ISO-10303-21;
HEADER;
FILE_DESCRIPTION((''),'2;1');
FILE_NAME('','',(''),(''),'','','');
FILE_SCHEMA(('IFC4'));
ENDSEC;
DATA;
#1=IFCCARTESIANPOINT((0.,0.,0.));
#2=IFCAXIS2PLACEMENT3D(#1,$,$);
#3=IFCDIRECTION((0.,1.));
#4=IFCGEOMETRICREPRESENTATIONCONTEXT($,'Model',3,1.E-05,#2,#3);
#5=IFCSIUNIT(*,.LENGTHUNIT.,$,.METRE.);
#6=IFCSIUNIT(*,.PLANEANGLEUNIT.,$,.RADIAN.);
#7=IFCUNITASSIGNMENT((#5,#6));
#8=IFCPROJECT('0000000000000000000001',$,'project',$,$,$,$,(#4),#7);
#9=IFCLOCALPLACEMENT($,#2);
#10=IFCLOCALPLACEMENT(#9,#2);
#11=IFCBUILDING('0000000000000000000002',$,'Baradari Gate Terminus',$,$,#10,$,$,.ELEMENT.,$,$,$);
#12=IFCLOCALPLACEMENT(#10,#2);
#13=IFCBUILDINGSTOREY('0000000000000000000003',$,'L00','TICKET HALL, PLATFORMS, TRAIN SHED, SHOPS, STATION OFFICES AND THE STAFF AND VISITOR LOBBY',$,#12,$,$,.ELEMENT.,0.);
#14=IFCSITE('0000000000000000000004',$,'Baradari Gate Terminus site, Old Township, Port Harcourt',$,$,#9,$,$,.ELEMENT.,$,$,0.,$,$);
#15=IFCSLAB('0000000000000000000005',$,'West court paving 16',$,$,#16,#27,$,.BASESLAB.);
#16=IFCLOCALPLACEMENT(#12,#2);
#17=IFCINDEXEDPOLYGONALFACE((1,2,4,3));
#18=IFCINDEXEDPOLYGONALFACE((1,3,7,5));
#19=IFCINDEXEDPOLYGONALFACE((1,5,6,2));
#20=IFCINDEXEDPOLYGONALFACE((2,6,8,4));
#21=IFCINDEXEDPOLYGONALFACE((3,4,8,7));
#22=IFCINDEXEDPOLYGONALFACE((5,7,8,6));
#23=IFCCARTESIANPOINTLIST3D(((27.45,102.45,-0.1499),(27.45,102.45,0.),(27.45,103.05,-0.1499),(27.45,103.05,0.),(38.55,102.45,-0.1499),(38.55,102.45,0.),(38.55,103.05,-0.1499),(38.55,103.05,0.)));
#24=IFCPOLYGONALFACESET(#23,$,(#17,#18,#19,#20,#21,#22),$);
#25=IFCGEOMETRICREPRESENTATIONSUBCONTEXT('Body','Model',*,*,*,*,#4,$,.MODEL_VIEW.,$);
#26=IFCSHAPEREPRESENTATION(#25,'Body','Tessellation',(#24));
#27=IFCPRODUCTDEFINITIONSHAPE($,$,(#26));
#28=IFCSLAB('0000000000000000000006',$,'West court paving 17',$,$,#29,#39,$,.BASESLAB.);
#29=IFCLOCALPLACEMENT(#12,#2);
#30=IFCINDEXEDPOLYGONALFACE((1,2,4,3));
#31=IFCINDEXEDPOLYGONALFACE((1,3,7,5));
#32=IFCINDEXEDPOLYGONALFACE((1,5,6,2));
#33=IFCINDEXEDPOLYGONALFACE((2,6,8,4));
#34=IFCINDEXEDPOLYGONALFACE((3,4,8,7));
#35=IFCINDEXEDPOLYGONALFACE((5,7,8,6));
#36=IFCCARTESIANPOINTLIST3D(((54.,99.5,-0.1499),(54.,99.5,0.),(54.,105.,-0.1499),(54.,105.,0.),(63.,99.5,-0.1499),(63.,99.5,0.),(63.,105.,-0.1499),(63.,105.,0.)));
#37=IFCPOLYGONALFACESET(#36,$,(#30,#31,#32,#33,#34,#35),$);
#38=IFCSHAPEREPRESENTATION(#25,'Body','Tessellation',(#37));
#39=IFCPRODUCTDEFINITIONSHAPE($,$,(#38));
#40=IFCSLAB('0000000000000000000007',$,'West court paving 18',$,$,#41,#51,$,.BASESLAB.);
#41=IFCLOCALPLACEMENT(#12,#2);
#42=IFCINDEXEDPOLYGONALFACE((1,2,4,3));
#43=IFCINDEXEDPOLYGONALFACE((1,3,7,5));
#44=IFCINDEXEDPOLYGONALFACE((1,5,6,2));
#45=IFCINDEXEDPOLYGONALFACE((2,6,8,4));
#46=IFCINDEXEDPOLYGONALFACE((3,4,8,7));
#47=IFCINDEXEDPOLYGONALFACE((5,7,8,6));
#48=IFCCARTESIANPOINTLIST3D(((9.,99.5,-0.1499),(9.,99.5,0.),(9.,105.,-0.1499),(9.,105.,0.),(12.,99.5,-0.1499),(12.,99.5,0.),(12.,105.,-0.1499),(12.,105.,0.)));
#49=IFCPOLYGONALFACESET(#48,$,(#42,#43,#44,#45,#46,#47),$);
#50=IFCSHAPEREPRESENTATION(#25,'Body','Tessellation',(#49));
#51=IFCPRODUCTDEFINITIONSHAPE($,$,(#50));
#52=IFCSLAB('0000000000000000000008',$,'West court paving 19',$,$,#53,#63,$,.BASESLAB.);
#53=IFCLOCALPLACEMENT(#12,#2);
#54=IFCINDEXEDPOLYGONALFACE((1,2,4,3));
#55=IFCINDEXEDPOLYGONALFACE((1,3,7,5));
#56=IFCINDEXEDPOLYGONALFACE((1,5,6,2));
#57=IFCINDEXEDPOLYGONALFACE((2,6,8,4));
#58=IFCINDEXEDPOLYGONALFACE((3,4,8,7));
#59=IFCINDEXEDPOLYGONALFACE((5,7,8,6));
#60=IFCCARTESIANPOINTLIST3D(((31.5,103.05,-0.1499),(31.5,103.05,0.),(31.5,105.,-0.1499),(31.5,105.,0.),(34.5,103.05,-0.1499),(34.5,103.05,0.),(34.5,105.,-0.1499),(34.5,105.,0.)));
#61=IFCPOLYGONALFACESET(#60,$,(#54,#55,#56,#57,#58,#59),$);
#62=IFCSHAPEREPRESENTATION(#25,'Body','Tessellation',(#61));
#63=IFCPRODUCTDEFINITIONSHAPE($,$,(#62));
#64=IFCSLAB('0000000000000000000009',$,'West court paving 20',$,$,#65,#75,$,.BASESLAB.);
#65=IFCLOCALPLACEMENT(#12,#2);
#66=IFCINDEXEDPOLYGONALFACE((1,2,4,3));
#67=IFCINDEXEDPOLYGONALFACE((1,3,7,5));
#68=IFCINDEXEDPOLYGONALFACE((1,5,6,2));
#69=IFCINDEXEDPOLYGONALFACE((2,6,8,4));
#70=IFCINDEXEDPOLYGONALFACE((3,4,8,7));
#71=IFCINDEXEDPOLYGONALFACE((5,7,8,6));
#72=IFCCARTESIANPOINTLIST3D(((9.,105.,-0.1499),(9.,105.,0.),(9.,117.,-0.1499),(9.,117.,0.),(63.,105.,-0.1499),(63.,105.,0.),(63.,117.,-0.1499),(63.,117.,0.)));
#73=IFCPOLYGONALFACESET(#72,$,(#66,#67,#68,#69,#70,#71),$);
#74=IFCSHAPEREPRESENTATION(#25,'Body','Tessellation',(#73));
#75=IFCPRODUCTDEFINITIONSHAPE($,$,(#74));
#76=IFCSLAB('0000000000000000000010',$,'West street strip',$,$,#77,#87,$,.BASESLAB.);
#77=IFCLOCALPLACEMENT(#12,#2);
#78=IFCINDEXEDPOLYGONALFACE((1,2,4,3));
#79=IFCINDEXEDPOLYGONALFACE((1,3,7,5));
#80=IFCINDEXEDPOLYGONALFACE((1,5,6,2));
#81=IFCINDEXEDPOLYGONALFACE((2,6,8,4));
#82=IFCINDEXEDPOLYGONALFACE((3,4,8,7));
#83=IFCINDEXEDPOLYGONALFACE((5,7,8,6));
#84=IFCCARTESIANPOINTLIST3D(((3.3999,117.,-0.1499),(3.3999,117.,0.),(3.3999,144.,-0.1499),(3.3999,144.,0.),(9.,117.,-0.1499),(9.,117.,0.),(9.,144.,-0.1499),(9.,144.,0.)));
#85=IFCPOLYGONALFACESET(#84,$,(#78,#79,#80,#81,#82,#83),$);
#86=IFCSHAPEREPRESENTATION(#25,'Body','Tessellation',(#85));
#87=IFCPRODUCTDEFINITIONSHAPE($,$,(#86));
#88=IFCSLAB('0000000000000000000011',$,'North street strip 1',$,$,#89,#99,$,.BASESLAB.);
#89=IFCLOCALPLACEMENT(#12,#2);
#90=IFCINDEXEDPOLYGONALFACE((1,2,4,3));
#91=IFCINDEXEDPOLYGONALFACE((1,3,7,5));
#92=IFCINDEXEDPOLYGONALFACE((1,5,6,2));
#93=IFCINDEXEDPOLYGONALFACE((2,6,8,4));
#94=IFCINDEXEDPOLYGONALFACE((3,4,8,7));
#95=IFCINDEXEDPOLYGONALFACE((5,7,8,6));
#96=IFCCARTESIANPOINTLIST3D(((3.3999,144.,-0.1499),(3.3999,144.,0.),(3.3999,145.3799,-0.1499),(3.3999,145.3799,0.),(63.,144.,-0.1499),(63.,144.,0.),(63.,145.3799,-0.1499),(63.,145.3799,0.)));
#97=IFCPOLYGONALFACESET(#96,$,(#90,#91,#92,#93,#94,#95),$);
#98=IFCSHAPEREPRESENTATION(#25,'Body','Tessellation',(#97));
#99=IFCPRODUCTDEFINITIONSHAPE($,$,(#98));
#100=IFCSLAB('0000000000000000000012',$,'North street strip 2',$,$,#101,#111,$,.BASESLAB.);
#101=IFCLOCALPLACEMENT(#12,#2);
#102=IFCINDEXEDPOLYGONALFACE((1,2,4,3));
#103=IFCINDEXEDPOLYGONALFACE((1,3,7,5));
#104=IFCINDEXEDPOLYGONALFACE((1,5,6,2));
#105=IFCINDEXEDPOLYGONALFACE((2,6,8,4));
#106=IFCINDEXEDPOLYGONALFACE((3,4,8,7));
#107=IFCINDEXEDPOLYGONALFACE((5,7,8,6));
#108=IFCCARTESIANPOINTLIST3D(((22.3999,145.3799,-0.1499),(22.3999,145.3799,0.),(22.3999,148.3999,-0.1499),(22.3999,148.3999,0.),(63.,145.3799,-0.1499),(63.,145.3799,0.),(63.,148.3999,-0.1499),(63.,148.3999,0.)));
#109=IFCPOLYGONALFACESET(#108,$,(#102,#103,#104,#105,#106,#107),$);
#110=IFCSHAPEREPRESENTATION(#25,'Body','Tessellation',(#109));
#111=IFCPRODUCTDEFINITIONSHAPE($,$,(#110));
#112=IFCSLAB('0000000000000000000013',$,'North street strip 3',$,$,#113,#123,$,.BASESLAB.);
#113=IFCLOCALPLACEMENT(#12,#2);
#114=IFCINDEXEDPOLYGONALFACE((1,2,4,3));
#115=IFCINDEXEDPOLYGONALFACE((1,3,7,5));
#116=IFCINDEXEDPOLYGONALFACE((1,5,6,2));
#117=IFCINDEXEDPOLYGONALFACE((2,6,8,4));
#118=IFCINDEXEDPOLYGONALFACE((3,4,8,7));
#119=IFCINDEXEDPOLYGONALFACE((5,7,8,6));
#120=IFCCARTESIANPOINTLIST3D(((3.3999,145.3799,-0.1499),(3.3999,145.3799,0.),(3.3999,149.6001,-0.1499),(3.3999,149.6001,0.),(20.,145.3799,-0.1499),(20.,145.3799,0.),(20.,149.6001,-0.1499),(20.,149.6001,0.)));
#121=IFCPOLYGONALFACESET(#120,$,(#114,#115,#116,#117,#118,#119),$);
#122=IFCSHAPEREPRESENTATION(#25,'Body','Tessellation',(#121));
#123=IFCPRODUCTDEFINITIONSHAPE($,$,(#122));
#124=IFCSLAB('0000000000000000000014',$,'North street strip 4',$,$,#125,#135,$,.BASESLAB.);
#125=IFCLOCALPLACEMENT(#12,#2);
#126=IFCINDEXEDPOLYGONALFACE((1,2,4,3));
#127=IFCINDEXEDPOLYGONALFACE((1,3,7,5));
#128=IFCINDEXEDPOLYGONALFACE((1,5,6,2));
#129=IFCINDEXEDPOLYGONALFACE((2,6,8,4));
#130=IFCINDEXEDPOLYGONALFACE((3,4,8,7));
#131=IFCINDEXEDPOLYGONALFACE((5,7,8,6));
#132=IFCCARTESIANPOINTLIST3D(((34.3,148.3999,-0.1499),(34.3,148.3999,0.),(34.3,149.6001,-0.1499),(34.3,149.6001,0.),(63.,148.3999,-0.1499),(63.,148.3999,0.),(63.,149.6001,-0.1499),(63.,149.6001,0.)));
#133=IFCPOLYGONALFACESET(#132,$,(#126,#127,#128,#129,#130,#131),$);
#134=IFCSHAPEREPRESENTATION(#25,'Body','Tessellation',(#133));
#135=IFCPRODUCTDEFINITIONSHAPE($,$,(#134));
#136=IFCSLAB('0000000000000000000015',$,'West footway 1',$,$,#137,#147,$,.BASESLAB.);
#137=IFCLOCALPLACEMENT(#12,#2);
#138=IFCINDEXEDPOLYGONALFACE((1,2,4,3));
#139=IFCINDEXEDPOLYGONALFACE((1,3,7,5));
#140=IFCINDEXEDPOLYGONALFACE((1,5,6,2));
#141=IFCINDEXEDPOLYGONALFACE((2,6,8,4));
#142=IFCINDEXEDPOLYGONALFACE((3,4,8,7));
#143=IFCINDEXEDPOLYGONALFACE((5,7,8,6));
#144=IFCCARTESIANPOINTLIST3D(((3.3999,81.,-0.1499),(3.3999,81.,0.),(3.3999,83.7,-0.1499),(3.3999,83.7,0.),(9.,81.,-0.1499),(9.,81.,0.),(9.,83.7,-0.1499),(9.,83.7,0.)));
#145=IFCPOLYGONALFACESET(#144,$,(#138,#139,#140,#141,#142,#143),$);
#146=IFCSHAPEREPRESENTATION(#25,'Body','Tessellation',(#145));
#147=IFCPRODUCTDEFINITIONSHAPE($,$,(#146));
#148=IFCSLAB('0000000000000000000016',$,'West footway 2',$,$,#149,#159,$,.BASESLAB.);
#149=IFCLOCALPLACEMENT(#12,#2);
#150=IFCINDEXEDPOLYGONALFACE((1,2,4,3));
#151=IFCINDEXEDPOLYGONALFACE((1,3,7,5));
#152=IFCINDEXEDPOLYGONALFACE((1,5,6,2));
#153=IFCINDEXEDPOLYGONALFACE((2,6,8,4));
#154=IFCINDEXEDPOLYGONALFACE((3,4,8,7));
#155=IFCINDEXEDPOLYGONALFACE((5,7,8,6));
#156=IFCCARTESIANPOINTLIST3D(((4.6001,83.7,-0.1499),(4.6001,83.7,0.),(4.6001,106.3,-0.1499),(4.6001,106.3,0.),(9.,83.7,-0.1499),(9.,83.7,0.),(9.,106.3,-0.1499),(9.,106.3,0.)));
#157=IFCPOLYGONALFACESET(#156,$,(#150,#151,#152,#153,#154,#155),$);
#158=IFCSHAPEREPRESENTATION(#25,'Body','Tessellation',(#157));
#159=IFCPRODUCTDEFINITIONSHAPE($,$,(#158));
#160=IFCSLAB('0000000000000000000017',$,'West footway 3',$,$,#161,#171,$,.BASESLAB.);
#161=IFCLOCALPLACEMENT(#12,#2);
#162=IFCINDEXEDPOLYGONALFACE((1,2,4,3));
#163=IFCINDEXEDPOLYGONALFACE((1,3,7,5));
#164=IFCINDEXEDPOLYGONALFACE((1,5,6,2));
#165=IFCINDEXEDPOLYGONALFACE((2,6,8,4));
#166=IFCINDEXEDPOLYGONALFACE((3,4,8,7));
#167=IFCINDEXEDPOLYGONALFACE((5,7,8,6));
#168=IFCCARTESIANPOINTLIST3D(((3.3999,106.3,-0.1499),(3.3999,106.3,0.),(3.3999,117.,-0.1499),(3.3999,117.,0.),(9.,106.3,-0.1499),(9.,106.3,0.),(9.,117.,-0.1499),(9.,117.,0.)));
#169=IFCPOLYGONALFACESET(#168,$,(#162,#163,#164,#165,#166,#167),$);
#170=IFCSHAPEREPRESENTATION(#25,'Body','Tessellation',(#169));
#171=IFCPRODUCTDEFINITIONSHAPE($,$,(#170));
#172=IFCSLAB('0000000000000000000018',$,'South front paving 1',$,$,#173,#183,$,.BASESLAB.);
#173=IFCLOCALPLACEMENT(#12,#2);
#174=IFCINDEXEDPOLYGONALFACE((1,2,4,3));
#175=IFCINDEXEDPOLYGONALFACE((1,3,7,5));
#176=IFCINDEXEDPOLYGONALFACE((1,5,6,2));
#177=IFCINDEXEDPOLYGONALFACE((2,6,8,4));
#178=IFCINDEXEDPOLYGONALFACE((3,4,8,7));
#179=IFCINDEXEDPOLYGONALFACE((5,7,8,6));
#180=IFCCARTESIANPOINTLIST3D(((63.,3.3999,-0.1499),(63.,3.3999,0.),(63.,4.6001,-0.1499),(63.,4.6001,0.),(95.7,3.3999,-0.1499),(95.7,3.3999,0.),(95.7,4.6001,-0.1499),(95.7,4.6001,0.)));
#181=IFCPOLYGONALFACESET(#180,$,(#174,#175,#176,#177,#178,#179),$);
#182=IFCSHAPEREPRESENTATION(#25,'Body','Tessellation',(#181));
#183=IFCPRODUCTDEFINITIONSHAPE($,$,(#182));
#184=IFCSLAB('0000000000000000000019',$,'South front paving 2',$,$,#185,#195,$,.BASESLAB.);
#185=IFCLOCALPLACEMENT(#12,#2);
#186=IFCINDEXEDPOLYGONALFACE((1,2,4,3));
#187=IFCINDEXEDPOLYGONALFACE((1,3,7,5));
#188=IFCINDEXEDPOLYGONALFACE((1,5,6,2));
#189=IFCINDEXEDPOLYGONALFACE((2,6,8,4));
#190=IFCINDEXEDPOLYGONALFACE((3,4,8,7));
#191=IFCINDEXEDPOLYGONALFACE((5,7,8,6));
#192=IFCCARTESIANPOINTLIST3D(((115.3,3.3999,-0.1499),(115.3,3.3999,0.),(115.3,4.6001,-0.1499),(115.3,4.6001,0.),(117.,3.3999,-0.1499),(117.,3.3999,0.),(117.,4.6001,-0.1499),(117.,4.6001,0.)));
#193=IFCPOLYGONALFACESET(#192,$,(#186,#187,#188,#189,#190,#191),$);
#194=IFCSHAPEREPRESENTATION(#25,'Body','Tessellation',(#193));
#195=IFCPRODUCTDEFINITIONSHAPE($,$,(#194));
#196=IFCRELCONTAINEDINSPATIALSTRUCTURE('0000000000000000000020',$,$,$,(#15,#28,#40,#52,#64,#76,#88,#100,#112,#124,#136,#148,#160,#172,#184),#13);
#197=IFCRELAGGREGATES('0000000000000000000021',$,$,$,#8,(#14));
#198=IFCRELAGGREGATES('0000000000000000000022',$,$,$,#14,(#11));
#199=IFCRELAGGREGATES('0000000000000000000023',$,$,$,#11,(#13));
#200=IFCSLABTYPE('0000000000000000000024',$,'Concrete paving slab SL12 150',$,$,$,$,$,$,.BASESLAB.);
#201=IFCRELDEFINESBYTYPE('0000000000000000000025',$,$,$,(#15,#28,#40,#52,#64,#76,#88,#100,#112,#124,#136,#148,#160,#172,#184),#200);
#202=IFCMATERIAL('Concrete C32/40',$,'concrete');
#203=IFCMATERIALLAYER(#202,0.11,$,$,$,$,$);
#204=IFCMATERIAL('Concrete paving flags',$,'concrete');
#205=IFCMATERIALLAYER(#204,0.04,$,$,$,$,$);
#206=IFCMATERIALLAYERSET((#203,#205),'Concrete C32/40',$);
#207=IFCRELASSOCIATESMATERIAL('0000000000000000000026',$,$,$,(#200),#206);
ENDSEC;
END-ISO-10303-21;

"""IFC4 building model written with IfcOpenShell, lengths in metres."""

from ifc_helpers import new_model, si_unit, direction, frame, origin, place, context, subcontext, project, spatial, polyline, outline, extrude, material, layer, layer_set, type_object, element, save


model = new_model("IFC4")

# Units and contexts
model_context = context("Model", 3, precision=1e-05, world=origin(), true_north=direction((0.0, 1.0)))
body_context = subcontext(model_context, "Body", "Model", "MODEL_VIEW")
ifc_project = project(units=[si_unit("LENGTHUNIT", "METRE"), si_unit("PLANEANGLEUNIT", "RADIAN")], contexts=[model_context])

# Site, building, storey
site_placement = place(None, origin())
site = spatial("IfcSite", under=ifc_project, at=site_placement, Name="Baradari Gate Terminus site, Old Township, Port Harcourt", CompositionType="ELEMENT", RefElevation=0.0)
building_placement = place(site_placement, origin())
building = spatial("IfcBuilding", under=site, at=building_placement, Name="Baradari Gate Terminus", CompositionType="ELEMENT")
storey_placement = place(building_placement, origin())
storey = spatial("IfcBuildingStorey", under=building, at=storey_placement, Name="L00", Description="TICKET HALL, PLATFORMS, TRAIN SHED, SHOPS, STATION OFFICES AND THE STAFF AND VISITOR LOBBY", CompositionType="ELEMENT", Elevation=0.0)

# Slabs
ifc_material_1 = material(Name="Concrete C32/40", Category="concrete")
ifc_layer_1 = layer(ifc_material_1, 0.11)
ifc_material_2 = material(Name="Concrete paving flags", Category="concrete")
ifc_layer_2 = layer(ifc_material_2, 0.04)
ifc_layer_set = layer_set([ifc_layer_1, ifc_layer_2], Name="Concrete C32/40")
slab_type = type_object("IfcSlabType", Name="Concrete paving slab SL12 150", PredefinedType="BASESLAB", material=ifc_layer_set)
slab_1_placement = place(storey_placement, frame((0.0, 0.0, -0.1499)))
element("IfcSlab", 1, at=slab_1_placement, inside=storey, type_object=slab_type, Name="West court paving 16", PredefinedType="BASESLAB", context=body_context, shape_type="SweptSolid", body=[
    extrude(outline(polyline([(38.55, 102.45), (38.55, 103.05), (27.45, 103.05), (27.45, 102.45), (38.55, 102.45)])), origin(), (0.0, 0.0, 1.0), 0.1499),
])
slab_2_placement = place(storey_placement, frame((0.0, 0.0, -0.1499)))
element("IfcSlab", 2, at=slab_2_placement, inside=storey, type_object=slab_type, Name="West court paving 17", PredefinedType="BASESLAB", context=body_context, shape_type="SweptSolid", body=[
    extrude(outline(polyline([(63.0, 99.5), (63.0, 105.0), (54.0, 105.0), (54.0, 99.5), (63.0, 99.5)])), origin(), (0.0, 0.0, 1.0), 0.1499),
])
slab_3_placement = place(storey_placement, frame((0.0, 0.0, -0.1499)))
element("IfcSlab", 3, at=slab_3_placement, inside=storey, type_object=slab_type, Name="West court paving 18", PredefinedType="BASESLAB", context=body_context, shape_type="SweptSolid", body=[
    extrude(outline(polyline([(12.0, 99.5), (12.0, 105.0), (9.0, 105.0), (9.0, 99.5), (12.0, 99.5)])), origin(), (0.0, 0.0, 1.0), 0.1499),
])
slab_4_placement = place(storey_placement, frame((0.0, 0.0, -0.1499)))
element("IfcSlab", 4, at=slab_4_placement, inside=storey, type_object=slab_type, Name="West court paving 19", PredefinedType="BASESLAB", context=body_context, shape_type="SweptSolid", body=[
    extrude(outline(polyline([(34.5, 103.05), (34.5, 105.0), (31.5, 105.0), (31.5, 103.05), (34.5, 103.05)])), origin(), (0.0, 0.0, 1.0), 0.1499),
])
slab_5_placement = place(storey_placement, frame((0.0, 0.0, -0.1499)))
element("IfcSlab", 5, at=slab_5_placement, inside=storey, type_object=slab_type, Name="West court paving 20", PredefinedType="BASESLAB", context=body_context, shape_type="SweptSolid", body=[
    extrude(outline(polyline([(63.0, 105.0), (63.0, 117.0), (9.0, 117.0), (9.0, 105.0), (63.0, 105.0)])), origin(), (0.0, 0.0, 1.0), 0.1499),
])
slab_6_placement = place(storey_placement, frame((0.0, 0.0, -0.1499)))
element("IfcSlab", 6, at=slab_6_placement, inside=storey, type_object=slab_type, Name="West street strip", PredefinedType="BASESLAB", context=body_context, shape_type="SweptSolid", body=[
    extrude(outline(polyline([(9.0, 117.0), (9.0, 144.0), (3.3999, 144.0), (3.3999, 117.0), (9.0, 117.0)])), origin(), (0.0, 0.0, 1.0), 0.1499),
])
slab_7_placement = place(storey_placement, frame((0.0, 0.0, -0.1499)))
element("IfcSlab", 7, at=slab_7_placement, inside=storey, type_object=slab_type, Name="North street strip 1", PredefinedType="BASESLAB", context=body_context, shape_type="SweptSolid", body=[
    extrude(outline(polyline([(63.0, 144.0), (63.0, 145.3799), (3.3999, 145.3799), (3.3999, 144.0), (63.0, 144.0)])), origin(), (0.0, 0.0, 1.0), 0.1499),
])
slab_8_placement = place(storey_placement, frame((0.0, 0.0, -0.1499)))
element("IfcSlab", 8, at=slab_8_placement, inside=storey, type_object=slab_type, Name="North street strip 2", PredefinedType="BASESLAB", context=body_context, shape_type="SweptSolid", body=[
    extrude(outline(polyline([(63.0, 145.3799), (63.0, 148.3999), (22.3999, 148.3999), (22.3999, 145.3799), (63.0, 145.3799)])), origin(), (0.0, 0.0, 1.0), 0.1499),
])
slab_9_placement = place(storey_placement, frame((0.0, 0.0, -0.1499)))
element("IfcSlab", 9, at=slab_9_placement, inside=storey, type_object=slab_type, Name="North street strip 3", PredefinedType="BASESLAB", context=body_context, shape_type="SweptSolid", body=[
    extrude(outline(polyline([(20.0, 145.3799), (20.0, 149.6001), (3.3999, 149.6001), (3.3999, 145.3799), (20.0, 145.3799)])), origin(), (0.0, 0.0, 1.0), 0.1499),
])
slab_10_placement = place(storey_placement, frame((0.0, 0.0, -0.1499)))
element("IfcSlab", 10, at=slab_10_placement, inside=storey, type_object=slab_type, Name="North street strip 4", PredefinedType="BASESLAB", context=body_context, shape_type="SweptSolid", body=[
    extrude(outline(polyline([(63.0, 148.3999), (63.0, 149.6001), (34.3, 149.6001), (34.3, 148.3999), (63.0, 148.3999)])), origin(), (0.0, 0.0, 1.0), 0.1499),
])
slab_11_placement = place(storey_placement, frame((0.0, 0.0, -0.1499)))
element("IfcSlab", 11, at=slab_11_placement, inside=storey, type_object=slab_type, Name="West footway 1", PredefinedType="BASESLAB", context=body_context, shape_type="SweptSolid", body=[
    extrude(outline(polyline([(9.0, 81.0), (9.0, 83.7), (3.3999, 83.7), (3.3999, 81.0), (9.0, 81.0)])), origin(), (0.0, 0.0, 1.0), 0.1499),
])
slab_12_placement = place(storey_placement, frame((0.0, 0.0, -0.1499)))
element("IfcSlab", 12, at=slab_12_placement, inside=storey, type_object=slab_type, Name="West footway 2", PredefinedType="BASESLAB", context=body_context, shape_type="SweptSolid", body=[
    extrude(outline(polyline([(9.0, 83.7), (9.0, 106.3), (4.6001, 106.3), (4.6001, 83.7), (9.0, 83.7)])), origin(), (0.0, 0.0, 1.0), 0.1499),
])
slab_13_placement = place(storey_placement, frame((0.0, 0.0, -0.1499)))
element("IfcSlab", 13, at=slab_13_placement, inside=storey, type_object=slab_type, Name="West footway 3", PredefinedType="BASESLAB", context=body_context, shape_type="SweptSolid", body=[
    extrude(outline(polyline([(9.0, 106.3), (9.0, 117.0), (3.3999, 117.0), (3.3999, 106.3), (9.0, 106.3)])), origin(), (0.0, 0.0, 1.0), 0.1499),
])
slab_14_placement = place(storey_placement, frame((0.0, 0.0, -0.1499)))
element("IfcSlab", 14, at=slab_14_placement, inside=storey, type_object=slab_type, Name="South front paving 1", PredefinedType="BASESLAB", context=body_context, shape_type="SweptSolid", body=[
    extrude(outline(polyline([(95.7, 3.3999), (95.7, 4.6001), (63.0, 4.6001), (63.0, 3.3999), (95.7, 3.3999)])), origin(), (0.0, 0.0, 1.0), 0.1499),
])
slab_15_placement = place(storey_placement, frame((0.0, 0.0, -0.1499)))
element("IfcSlab", 15, at=slab_15_placement, inside=storey, type_object=slab_type, Name="South front paving 2", PredefinedType="BASESLAB", context=body_context, shape_type="SweptSolid", body=[
    extrude(outline(polyline([(117.0, 3.3999), (117.0, 4.6001), (115.3, 4.6001), (115.3, 3.3999), (117.0, 3.3999)])), origin(), (0.0, 0.0, 1.0), 0.1499),
])

save(model, "model.ifc")
